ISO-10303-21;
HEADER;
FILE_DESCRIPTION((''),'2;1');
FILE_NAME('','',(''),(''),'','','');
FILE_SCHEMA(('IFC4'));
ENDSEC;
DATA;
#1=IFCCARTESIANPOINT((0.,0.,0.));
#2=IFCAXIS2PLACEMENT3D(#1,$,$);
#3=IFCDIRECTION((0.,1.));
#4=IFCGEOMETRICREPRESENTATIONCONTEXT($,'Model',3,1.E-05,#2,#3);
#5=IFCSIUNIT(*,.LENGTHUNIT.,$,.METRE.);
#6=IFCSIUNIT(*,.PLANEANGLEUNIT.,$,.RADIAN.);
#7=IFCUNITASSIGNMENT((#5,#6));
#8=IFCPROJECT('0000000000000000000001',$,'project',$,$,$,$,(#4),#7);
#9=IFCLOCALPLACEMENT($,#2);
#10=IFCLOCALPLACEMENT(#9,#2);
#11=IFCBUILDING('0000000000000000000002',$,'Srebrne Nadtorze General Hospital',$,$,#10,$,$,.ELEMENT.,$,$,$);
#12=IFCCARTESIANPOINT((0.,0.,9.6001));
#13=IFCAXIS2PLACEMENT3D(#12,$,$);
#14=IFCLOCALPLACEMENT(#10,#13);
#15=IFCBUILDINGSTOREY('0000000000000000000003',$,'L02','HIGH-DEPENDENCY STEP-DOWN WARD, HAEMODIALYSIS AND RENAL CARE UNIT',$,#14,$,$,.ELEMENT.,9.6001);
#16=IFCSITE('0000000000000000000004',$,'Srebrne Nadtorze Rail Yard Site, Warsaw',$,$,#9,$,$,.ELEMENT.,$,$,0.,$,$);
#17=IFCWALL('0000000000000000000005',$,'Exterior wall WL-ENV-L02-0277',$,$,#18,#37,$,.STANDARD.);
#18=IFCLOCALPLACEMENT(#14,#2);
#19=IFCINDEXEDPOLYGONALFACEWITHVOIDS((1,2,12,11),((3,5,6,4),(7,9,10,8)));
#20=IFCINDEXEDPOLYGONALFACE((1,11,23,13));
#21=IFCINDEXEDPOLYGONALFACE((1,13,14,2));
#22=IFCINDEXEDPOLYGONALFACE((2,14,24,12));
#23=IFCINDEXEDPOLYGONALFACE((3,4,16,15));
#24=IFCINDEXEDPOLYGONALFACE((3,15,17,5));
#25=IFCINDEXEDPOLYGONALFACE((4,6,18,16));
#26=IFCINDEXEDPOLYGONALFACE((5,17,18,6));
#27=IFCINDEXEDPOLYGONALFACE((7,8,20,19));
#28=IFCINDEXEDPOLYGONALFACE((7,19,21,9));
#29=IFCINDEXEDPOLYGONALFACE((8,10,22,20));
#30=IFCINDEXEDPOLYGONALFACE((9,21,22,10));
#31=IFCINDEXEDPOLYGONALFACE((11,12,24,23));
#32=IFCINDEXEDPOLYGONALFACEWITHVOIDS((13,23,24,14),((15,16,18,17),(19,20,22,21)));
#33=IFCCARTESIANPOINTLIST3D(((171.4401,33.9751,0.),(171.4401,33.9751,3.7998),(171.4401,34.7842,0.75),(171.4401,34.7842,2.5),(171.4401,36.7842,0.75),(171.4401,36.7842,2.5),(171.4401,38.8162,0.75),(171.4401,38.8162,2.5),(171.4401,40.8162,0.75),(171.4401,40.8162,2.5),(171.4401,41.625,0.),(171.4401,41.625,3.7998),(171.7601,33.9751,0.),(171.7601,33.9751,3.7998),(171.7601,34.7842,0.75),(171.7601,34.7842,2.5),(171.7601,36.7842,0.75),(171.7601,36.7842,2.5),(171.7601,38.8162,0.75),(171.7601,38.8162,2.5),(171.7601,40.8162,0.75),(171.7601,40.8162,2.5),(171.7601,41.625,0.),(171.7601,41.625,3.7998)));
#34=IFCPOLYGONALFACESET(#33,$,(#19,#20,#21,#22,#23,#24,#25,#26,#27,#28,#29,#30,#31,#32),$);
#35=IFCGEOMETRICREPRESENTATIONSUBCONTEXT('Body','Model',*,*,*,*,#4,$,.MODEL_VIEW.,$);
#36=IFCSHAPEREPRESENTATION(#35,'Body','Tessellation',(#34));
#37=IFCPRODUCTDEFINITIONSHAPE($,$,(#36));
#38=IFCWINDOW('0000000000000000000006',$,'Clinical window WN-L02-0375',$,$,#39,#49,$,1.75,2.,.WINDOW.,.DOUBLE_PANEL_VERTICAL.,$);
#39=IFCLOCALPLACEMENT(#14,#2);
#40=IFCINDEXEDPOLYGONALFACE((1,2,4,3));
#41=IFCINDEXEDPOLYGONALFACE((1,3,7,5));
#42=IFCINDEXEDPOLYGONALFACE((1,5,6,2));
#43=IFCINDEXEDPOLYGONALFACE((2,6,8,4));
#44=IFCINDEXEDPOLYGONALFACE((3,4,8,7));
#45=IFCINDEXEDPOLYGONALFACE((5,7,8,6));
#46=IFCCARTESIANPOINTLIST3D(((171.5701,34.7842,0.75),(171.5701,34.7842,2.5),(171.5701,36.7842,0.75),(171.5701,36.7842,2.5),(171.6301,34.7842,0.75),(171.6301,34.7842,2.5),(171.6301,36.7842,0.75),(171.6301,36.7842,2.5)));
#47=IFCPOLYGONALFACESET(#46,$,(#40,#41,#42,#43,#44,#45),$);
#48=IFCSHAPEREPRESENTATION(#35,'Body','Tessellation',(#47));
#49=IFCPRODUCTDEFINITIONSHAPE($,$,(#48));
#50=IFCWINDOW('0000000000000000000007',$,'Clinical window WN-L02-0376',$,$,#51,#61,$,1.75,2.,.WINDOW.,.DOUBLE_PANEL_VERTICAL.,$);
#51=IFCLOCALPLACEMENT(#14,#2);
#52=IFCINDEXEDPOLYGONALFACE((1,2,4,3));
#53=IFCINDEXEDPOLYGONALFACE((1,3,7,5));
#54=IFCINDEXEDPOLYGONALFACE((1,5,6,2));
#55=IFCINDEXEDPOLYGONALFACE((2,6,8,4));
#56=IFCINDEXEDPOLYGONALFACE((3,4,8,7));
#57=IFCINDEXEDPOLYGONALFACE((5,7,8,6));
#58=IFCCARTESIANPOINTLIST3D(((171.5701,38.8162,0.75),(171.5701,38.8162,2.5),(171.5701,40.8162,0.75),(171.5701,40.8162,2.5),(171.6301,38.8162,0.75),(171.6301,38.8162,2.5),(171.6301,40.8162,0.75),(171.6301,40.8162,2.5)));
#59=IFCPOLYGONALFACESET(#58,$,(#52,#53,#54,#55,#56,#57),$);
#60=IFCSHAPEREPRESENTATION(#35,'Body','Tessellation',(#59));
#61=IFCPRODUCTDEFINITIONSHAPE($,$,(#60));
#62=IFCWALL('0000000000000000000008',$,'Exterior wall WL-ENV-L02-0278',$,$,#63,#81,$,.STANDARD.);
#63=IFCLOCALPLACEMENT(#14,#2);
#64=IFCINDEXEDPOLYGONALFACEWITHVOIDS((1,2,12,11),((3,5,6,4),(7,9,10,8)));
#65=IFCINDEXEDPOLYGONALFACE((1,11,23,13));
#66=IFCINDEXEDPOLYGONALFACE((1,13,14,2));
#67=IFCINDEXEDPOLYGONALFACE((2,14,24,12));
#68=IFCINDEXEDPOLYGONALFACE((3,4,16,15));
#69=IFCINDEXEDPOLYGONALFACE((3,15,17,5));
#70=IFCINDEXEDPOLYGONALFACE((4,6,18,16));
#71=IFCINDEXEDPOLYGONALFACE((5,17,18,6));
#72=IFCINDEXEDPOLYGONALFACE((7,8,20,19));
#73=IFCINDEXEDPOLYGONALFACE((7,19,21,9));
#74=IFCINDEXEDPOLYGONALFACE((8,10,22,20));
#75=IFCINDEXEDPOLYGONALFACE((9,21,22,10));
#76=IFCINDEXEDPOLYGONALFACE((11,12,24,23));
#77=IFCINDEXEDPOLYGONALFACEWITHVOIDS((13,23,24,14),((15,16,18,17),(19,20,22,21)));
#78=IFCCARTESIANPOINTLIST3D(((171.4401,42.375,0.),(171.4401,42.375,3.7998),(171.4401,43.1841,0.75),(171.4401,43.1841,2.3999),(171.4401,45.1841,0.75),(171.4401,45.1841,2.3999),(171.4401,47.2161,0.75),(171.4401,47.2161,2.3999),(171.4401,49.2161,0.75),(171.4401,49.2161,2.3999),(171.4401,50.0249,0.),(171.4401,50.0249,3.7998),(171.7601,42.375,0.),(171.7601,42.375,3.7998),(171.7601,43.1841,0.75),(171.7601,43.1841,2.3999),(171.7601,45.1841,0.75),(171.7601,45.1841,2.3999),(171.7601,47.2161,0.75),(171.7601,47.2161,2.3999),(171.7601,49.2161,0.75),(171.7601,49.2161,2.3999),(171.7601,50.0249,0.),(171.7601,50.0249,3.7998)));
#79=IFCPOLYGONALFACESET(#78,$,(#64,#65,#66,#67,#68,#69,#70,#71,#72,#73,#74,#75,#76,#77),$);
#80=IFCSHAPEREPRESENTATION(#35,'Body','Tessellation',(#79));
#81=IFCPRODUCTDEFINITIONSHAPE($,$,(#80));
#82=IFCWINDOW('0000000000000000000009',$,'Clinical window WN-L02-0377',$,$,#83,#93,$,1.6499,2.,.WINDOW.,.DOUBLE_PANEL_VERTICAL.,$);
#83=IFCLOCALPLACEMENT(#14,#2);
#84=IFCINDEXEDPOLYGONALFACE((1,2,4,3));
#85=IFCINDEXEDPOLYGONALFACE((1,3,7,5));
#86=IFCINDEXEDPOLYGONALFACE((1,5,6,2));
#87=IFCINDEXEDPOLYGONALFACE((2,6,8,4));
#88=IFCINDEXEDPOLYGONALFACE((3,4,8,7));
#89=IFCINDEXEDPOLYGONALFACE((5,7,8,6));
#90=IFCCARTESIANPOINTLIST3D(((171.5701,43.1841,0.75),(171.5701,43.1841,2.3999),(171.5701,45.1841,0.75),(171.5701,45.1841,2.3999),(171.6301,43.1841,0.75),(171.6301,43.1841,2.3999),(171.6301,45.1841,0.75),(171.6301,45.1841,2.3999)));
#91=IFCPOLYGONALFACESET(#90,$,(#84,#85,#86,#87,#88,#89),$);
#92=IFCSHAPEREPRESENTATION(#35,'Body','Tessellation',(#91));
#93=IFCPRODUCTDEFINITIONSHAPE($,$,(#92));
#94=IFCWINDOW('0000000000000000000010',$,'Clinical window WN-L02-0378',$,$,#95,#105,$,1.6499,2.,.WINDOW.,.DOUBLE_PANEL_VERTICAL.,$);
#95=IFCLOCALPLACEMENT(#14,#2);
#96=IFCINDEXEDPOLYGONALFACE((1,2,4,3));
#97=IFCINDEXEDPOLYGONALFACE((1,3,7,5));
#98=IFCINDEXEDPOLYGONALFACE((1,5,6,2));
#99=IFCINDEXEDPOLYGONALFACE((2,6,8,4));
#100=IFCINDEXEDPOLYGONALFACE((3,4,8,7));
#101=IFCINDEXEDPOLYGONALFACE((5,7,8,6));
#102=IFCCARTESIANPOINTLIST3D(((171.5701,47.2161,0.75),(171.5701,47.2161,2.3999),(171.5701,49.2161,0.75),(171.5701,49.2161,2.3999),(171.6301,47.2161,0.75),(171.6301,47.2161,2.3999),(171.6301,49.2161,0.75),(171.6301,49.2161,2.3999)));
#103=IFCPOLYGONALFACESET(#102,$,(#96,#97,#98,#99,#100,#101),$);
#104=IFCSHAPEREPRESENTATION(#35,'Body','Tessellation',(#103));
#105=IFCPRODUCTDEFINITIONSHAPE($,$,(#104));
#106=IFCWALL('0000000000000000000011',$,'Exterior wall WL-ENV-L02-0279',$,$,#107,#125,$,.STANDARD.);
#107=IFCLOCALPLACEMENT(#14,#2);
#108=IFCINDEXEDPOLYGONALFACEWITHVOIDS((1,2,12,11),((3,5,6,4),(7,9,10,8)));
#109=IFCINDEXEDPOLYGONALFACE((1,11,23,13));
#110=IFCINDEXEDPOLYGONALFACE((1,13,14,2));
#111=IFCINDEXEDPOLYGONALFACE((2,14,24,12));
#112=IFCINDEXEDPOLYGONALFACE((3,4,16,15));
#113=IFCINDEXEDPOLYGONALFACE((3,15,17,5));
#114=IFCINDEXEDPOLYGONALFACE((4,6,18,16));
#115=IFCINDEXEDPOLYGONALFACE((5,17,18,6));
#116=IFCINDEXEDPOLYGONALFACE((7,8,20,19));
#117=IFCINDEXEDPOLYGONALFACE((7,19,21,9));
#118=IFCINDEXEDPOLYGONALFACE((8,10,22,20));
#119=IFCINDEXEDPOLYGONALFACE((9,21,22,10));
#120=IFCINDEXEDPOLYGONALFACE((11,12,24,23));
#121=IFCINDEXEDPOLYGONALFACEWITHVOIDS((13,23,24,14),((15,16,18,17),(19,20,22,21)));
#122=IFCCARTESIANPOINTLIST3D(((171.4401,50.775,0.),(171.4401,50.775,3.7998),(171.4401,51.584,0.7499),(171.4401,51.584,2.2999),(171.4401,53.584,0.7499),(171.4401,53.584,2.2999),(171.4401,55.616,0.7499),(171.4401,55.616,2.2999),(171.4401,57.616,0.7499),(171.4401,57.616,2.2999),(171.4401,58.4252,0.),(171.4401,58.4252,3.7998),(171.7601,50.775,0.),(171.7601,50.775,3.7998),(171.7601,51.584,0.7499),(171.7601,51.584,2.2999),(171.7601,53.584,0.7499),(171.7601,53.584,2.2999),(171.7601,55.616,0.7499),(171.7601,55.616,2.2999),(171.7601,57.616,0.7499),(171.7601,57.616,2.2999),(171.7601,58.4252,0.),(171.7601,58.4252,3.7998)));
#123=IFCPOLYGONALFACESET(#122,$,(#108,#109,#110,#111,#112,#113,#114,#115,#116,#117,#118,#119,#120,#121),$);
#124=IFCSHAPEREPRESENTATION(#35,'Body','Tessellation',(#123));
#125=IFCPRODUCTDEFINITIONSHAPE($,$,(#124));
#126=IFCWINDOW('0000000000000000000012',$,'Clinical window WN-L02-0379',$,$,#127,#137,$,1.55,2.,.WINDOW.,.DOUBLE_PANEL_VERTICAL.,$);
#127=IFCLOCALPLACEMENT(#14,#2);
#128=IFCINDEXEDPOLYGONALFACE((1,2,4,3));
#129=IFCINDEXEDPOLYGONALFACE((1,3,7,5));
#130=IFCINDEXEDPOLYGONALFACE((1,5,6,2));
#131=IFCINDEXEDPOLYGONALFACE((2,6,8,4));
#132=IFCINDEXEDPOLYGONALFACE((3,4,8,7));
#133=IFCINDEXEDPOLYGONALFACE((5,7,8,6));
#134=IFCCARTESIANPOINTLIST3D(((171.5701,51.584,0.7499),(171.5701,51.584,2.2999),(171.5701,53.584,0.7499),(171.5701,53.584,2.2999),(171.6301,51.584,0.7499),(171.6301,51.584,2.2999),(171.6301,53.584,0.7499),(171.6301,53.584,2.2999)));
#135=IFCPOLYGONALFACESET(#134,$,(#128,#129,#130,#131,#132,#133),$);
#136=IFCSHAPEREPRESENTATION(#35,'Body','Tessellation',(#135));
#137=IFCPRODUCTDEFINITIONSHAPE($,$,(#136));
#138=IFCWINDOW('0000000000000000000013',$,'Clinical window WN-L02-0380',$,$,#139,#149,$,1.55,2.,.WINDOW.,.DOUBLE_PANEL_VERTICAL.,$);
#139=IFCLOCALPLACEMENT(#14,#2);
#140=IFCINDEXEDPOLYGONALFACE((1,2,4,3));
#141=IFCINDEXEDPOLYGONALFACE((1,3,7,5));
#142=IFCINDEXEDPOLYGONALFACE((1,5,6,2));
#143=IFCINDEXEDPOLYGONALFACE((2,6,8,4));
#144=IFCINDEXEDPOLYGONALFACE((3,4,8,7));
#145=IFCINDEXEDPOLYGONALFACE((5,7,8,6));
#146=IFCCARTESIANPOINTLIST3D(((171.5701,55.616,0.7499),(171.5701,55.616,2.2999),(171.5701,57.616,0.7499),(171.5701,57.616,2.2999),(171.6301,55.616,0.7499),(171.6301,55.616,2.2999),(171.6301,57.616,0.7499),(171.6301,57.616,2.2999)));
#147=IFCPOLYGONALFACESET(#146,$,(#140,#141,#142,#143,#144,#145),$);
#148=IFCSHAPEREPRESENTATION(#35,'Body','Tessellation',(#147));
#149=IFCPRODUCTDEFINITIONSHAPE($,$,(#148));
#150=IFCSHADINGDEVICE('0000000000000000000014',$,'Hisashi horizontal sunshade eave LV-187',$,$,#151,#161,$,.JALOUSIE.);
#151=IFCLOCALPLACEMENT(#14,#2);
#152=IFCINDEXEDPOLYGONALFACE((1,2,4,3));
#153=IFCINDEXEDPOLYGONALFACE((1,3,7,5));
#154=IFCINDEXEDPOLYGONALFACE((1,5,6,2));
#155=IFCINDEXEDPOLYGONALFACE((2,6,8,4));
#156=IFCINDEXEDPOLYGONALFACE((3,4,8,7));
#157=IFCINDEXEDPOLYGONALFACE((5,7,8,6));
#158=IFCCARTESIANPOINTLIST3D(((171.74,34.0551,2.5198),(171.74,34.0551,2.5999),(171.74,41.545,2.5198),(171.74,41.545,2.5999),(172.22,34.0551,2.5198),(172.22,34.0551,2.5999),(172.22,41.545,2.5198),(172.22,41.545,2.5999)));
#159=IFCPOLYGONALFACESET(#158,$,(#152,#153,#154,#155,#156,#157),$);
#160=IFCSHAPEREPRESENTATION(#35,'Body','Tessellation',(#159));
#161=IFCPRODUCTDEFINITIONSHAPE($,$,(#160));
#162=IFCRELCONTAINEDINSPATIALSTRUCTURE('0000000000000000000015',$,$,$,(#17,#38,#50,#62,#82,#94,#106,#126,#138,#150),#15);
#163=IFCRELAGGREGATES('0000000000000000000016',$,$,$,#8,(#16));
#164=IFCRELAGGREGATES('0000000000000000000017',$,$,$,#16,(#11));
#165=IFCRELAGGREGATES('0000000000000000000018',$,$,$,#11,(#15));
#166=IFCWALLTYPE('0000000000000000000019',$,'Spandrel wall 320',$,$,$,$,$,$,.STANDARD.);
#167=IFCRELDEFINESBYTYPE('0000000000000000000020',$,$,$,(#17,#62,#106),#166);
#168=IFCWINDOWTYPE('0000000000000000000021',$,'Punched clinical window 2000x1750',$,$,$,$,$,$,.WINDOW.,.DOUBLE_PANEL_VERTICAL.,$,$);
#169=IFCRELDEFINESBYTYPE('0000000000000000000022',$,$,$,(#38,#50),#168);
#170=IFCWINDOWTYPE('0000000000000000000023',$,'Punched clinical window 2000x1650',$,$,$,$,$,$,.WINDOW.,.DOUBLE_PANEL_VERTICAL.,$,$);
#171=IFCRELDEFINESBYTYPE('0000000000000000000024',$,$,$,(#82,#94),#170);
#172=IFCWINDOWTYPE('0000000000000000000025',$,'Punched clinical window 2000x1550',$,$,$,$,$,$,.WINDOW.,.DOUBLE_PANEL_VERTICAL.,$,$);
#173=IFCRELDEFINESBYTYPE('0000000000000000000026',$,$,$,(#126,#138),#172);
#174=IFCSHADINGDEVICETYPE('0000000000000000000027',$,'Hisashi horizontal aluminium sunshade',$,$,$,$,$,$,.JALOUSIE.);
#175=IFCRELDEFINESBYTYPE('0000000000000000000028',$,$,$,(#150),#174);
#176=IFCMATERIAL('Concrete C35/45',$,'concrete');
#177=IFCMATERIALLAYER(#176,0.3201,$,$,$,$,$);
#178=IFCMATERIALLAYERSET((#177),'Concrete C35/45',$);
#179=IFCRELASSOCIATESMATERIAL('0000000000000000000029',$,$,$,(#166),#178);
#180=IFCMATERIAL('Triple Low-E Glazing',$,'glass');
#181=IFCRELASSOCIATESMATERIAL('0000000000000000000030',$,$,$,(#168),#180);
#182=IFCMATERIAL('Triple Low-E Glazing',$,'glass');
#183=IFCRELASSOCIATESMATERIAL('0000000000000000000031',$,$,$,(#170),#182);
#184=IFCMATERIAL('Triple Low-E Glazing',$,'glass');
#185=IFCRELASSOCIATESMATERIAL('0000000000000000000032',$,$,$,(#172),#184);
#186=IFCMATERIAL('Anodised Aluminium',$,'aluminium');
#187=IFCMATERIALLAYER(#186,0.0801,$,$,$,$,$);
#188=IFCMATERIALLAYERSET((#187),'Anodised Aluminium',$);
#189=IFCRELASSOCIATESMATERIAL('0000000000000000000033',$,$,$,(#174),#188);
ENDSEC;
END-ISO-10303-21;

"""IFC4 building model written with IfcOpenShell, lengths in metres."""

from ifc_helpers import new_model, si_unit, direction, frame, frame_2d, origin, origin_2d, place, context, subcontext, project, spatial, rectangle, extrude, material, layer, layer_set, type_object, element, fill, save


model = new_model("IFC4")

# Units and contexts
model_context = context("Model", 3, precision=1e-05, world=origin(), true_north=direction((0.0, 1.0)))
body_context = subcontext(model_context, "Body", "Model", "MODEL_VIEW")
ifc_project = project(units=[si_unit("LENGTHUNIT", "METRE"), si_unit("PLANEANGLEUNIT", "RADIAN")], contexts=[model_context])

# Site, building, storey
site_placement = place(None, origin())
site = spatial("IfcSite", under=ifc_project, at=site_placement, Name="Srebrne Nadtorze Rail Yard Site, Warsaw", CompositionType="ELEMENT", RefElevation=0.0)
building_placement = place(site_placement, origin())
building = spatial("IfcBuilding", under=site, at=building_placement, Name="Srebrne Nadtorze General Hospital", CompositionType="ELEMENT")
storey_placement = place(building_placement, frame((0.0, 0.0, 9.6001)))
storey = spatial("IfcBuildingStorey", under=building, at=storey_placement, Name="L02", Description="HIGH-DEPENDENCY STEP-DOWN WARD, HAEMODIALYSIS AND RENAL CARE UNIT", CompositionType="ELEMENT", Elevation=9.6001)

# Walls, openings, windows
ifc_material_1 = material(Name="Concrete C35/45", Category="concrete")
ifc_layer_1 = layer(ifc_material_1, 0.3201)
ifc_layer_set_1 = layer_set([ifc_layer_1], Name="Concrete C35/45")
wall_type_1 = type_object("IfcWallType", Name="Spandrel wall 320", PredefinedType="STANDARD", material=ifc_layer_set_1)
wall_1_placement = place(storey_placement, frame((171.6001, 33.9751, 0.0), z_axis=(0.0, 0.0, 1.0), x_axis=(0.0, 1.0, 0.0)))
wall_1 = element("IfcWall", 1, at=wall_1_placement, inside=storey, type_object=wall_type_1, Name="Exterior wall WL-ENV-L02-0277", PredefinedType="STANDARD", context=body_context, shape_type="SweptSolid", body=[
    extrude(rectangle(XDim=7.6499, YDim=0.3201, at=frame_2d((3.825, 0.0))), origin(), (0.0, 0.0, 1.0), 3.7998),
])
opening_1_placement = place(wall_1_placement, frame((0.8091, 0.0, 0.75)))
opening_1 = element("IfcOpeningElement", 2, at=opening_1_placement, cuts=wall_1, PredefinedType="OPENING", context=body_context, shape_type="SweptSolid", body=[
    extrude(rectangle(XDim=2.0, YDim=1.75, at=frame_2d((1.0, 0.875))), frame((0.0, 0.1719, 0.0), z_axis=(0.0, -1.0, 0.0), x_axis=(1.0, 0.0, 0.0)), (0.0, 0.0, 1.0), 0.344),
])
opening_2_placement = place(wall_1_placement, frame((4.8411, 0.0, 0.75)))
opening_2 = element("IfcOpeningElement", 3, at=opening_2_placement, cuts=wall_1, PredefinedType="OPENING", context=body_context, shape_type="SweptSolid", body=[
    extrude(rectangle(XDim=2.0, YDim=1.75, at=frame_2d((1.0, 0.875))), frame((0.0, 0.1719, 0.0), z_axis=(0.0, -1.0, 0.0), x_axis=(1.0, 0.0, 0.0)), (0.0, 0.0, 1.0), 0.344),
])
ifc_material_2 = material(Name="Triple Low-E Glazing", Category="glass")
window_type_1 = type_object("IfcWindowType", Name="Punched clinical window 2000x1750", PartitioningType="DOUBLE_PANEL_VERTICAL", PredefinedType="WINDOW", material=ifc_material_2)
window_1_placement = place(opening_1_placement, origin())
window_1 = element("IfcWindow", 4, at=window_1_placement, inside=storey, type_object=window_type_1, Name="Clinical window WN-L02-0375", OverallHeight=1.75, OverallWidth=2.0, PartitioningType="DOUBLE_PANEL_VERTICAL", PredefinedType="WINDOW", context=body_context, shape_type="SweptSolid", body=[
    extrude(rectangle(XDim=2.0, YDim=1.75, at=frame_2d((1.0, 0.875))), frame((0.0, 0.03, 0.0), z_axis=(0.0, -1.0, 0.0), x_axis=(1.0, 0.0, 0.0)), (0.0, 0.0, 1.0), 0.0601),
])
fill(opening_1, window_1)
window_2_placement = place(opening_2_placement, origin())
window_2 = element("IfcWindow", 5, at=window_2_placement, inside=storey, type_object=window_type_1, Name="Clinical window WN-L02-0376", OverallHeight=1.75, OverallWidth=2.0, PartitioningType="DOUBLE_PANEL_VERTICAL", PredefinedType="WINDOW", context=body_context, shape_type="SweptSolid", body=[
    extrude(rectangle(XDim=2.0, YDim=1.75, at=frame_2d((1.0, 0.875))), frame((0.0, 0.03, 0.0), z_axis=(0.0, -1.0, 0.0), x_axis=(1.0, 0.0, 0.0)), (0.0, 0.0, 1.0), 0.0601),
])
fill(opening_2, window_2)
wall_2_placement = place(storey_placement, frame((171.6001, 42.375, 0.0), z_axis=(0.0, 0.0, 1.0), x_axis=(0.0, 1.0, 0.0)))
wall_2 = element("IfcWall", 6, at=wall_2_placement, inside=storey, type_object=wall_type_1, Name="Exterior wall WL-ENV-L02-0278", PredefinedType="STANDARD", context=body_context, shape_type="SweptSolid", body=[
    extrude(rectangle(XDim=7.6499, YDim=0.3201, at=frame_2d((3.825, 0.0))), origin(), (0.0, 0.0, 1.0), 3.7998),
])
opening_3_placement = place(wall_2_placement, frame((0.8091, 0.0, 0.75)))
opening_3 = element("IfcOpeningElement", 7, at=opening_3_placement, cuts=wall_2, PredefinedType="OPENING", context=body_context, shape_type="SweptSolid", body=[
    extrude(rectangle(XDim=2.0, YDim=1.6499, at=frame_2d((1.0, 0.825))), frame((0.0, 0.1719, 0.0), z_axis=(0.0, -1.0, 0.0), x_axis=(1.0, 0.0, 0.0)), (0.0, 0.0, 1.0), 0.344),
])
opening_4_placement = place(wall_2_placement, frame((4.8411, 0.0, 0.75)))
opening_4 = element("IfcOpeningElement", 8, at=opening_4_placement, cuts=wall_2, PredefinedType="OPENING", context=body_context, shape_type="SweptSolid", body=[
    extrude(rectangle(XDim=2.0, YDim=1.6499, at=frame_2d((1.0, 0.825))), frame((0.0, 0.1719, 0.0), z_axis=(0.0, -1.0, 0.0), x_axis=(1.0, 0.0, 0.0)), (0.0, 0.0, 1.0), 0.344),
])
ifc_material_3 = material(Name="Triple Low-E Glazing", Category="glass")
window_type_2 = type_object("IfcWindowType", Name="Punched clinical window 2000x1650", PartitioningType="DOUBLE_PANEL_VERTICAL", PredefinedType="WINDOW", material=ifc_material_3)
window_3_placement = place(opening_3_placement, origin())
window_3 = element("IfcWindow", 9, at=window_3_placement, inside=storey, type_object=window_type_2, Name="Clinical window WN-L02-0377", OverallHeight=1.6499, OverallWidth=2.0, PartitioningType="DOUBLE_PANEL_VERTICAL", PredefinedType="WINDOW", context=body_context, shape_type="SweptSolid", body=[
    extrude(rectangle(XDim=2.0, YDim=1.6499, at=frame_2d((1.0, 0.825))), frame((0.0, 0.03, 0.0), z_axis=(0.0, -1.0, 0.0), x_axis=(1.0, 0.0, 0.0)), (0.0, 0.0, 1.0), 0.0601),
])
fill(opening_3, window_3)
window_4_placement = place(opening_4_placement, origin())
window_4 = element("IfcWindow", 10, at=window_4_placement, inside=storey, type_object=window_type_2, Name="Clinical window WN-L02-0378", OverallHeight=1.6499, OverallWidth=2.0, PartitioningType="DOUBLE_PANEL_VERTICAL", PredefinedType="WINDOW", context=body_context, shape_type="SweptSolid", body=[
    extrude(rectangle(XDim=2.0, YDim=1.6499, at=frame_2d((1.0, 0.825))), frame((0.0, 0.03, 0.0), z_axis=(0.0, -1.0, 0.0), x_axis=(1.0, 0.0, 0.0)), (0.0, 0.0, 1.0), 0.0601),
])
fill(opening_4, window_4)
wall_3_placement = place(storey_placement, frame((171.6001, 50.7749, 0.0), z_axis=(0.0, 0.0, 1.0), x_axis=(0.0, 1.0, 0.0)))
wall_3 = element("IfcWall", 11, at=wall_3_placement, inside=storey, type_object=wall_type_1, Name="Exterior wall WL-ENV-L02-0279", PredefinedType="STANDARD", context=body_context, shape_type="SweptSolid", body=[
    extrude(rectangle(XDim=7.6501, YDim=0.3201, at=frame_2d((3.8252, 0.0))), origin(), (0.0, 0.0, 1.0), 3.7998),
])
opening_5_placement = place(wall_3_placement, frame((0.8091, 0.0, 0.75)))
opening_5 = element("IfcOpeningElement", 12, at=opening_5_placement, cuts=wall_3, PredefinedType="OPENING", context=body_context, shape_type="SweptSolid", body=[
    extrude(rectangle(XDim=2.0, YDim=1.55, at=frame_2d((1.0, 0.7749))), frame((0.0, 0.1719, 0.0), z_axis=(0.0, -1.0, 0.0), x_axis=(1.0, 0.0, 0.0)), (0.0, 0.0, 1.0), 0.344),
])
opening_6_placement = place(wall_3_placement, frame((4.8411, 0.0, 0.75)))
opening_6 = element("IfcOpeningElement", 13, at=opening_6_placement, cuts=wall_3, PredefinedType="OPENING", context=body_context, shape_type="SweptSolid", body=[
    extrude(rectangle(XDim=2.0, YDim=1.55, at=frame_2d((1.0, 0.7749))), frame((0.0, 0.1719, 0.0), z_axis=(0.0, -1.0, 0.0), x_axis=(1.0, 0.0, 0.0)), (0.0, 0.0, 1.0), 0.344),
])
ifc_material_4 = material(Name="Triple Low-E Glazing", Category="glass")
window_type_3 = type_object("IfcWindowType", Name="Punched clinical window 2000x1550", PartitioningType="DOUBLE_PANEL_VERTICAL", PredefinedType="WINDOW", material=ifc_material_4)
window_5_placement = place(opening_5_placement, origin())
window_5 = element("IfcWindow", 14, at=window_5_placement, inside=storey, type_object=window_type_3, Name="Clinical window WN-L02-0379", OverallHeight=1.55, OverallWidth=2.0, PartitioningType="DOUBLE_PANEL_VERTICAL", PredefinedType="WINDOW", context=body_context, shape_type="SweptSolid", body=[
    extrude(rectangle(XDim=2.0, YDim=1.55, at=frame_2d((1.0, 0.7749))), frame((0.0, 0.03, 0.0), z_axis=(0.0, -1.0, 0.0), x_axis=(1.0, 0.0, 0.0)), (0.0, 0.0, 1.0), 0.0601),
])
fill(opening_5, window_5)
window_6_placement = place(opening_6_placement, origin())
window_6 = element("IfcWindow", 15, at=window_6_placement, inside=storey, type_object=window_type_3, Name="Clinical window WN-L02-0380", OverallHeight=1.55, OverallWidth=2.0, PartitioningType="DOUBLE_PANEL_VERTICAL", PredefinedType="WINDOW", context=body_context, shape_type="SweptSolid", body=[
    extrude(rectangle(XDim=2.0, YDim=1.55, at=frame_2d((1.0, 0.7749))), frame((0.0, 0.03, 0.0), z_axis=(0.0, -1.0, 0.0), x_axis=(1.0, 0.0, 0.0)), (0.0, 0.0, 1.0), 0.0601),
])
fill(opening_6, window_6)

# Shading device
ifc_material_5 = material(Name="Anodised Aluminium", Category="aluminium")
ifc_layer_2 = layer(ifc_material_5, 0.0801)
ifc_layer_set_2 = layer_set([ifc_layer_2], Name="Anodised Aluminium")
shading_device_type = type_object("IfcShadingDeviceType", Name="Hisashi horizontal aluminium sunshade", PredefinedType="JALOUSIE", material=ifc_layer_set_2)
for number, where, z_axis, x_axis, name in (
    (16, (171.98, 37.8, 2.5198), (0.0, 0.0, 1.0), (1.0, 0.0, 0.0), "Hisashi horizontal sunshade eave LV-187"),
):
    element("IfcShadingDevice", number, at=place(storey_placement, frame(where, z_axis=z_axis, x_axis=x_axis)), inside=storey, type_object=shading_device_type, Name=name, PredefinedType="JALOUSIE", context=body_context, shape_type="SweptSolid", body=[
        extrude(rectangle(XDim=0.48, YDim=7.49, at=origin_2d()), origin(), (0.0, 0.0, 1.0), 0.0801),
    ])

save(model, "model.ifc")
